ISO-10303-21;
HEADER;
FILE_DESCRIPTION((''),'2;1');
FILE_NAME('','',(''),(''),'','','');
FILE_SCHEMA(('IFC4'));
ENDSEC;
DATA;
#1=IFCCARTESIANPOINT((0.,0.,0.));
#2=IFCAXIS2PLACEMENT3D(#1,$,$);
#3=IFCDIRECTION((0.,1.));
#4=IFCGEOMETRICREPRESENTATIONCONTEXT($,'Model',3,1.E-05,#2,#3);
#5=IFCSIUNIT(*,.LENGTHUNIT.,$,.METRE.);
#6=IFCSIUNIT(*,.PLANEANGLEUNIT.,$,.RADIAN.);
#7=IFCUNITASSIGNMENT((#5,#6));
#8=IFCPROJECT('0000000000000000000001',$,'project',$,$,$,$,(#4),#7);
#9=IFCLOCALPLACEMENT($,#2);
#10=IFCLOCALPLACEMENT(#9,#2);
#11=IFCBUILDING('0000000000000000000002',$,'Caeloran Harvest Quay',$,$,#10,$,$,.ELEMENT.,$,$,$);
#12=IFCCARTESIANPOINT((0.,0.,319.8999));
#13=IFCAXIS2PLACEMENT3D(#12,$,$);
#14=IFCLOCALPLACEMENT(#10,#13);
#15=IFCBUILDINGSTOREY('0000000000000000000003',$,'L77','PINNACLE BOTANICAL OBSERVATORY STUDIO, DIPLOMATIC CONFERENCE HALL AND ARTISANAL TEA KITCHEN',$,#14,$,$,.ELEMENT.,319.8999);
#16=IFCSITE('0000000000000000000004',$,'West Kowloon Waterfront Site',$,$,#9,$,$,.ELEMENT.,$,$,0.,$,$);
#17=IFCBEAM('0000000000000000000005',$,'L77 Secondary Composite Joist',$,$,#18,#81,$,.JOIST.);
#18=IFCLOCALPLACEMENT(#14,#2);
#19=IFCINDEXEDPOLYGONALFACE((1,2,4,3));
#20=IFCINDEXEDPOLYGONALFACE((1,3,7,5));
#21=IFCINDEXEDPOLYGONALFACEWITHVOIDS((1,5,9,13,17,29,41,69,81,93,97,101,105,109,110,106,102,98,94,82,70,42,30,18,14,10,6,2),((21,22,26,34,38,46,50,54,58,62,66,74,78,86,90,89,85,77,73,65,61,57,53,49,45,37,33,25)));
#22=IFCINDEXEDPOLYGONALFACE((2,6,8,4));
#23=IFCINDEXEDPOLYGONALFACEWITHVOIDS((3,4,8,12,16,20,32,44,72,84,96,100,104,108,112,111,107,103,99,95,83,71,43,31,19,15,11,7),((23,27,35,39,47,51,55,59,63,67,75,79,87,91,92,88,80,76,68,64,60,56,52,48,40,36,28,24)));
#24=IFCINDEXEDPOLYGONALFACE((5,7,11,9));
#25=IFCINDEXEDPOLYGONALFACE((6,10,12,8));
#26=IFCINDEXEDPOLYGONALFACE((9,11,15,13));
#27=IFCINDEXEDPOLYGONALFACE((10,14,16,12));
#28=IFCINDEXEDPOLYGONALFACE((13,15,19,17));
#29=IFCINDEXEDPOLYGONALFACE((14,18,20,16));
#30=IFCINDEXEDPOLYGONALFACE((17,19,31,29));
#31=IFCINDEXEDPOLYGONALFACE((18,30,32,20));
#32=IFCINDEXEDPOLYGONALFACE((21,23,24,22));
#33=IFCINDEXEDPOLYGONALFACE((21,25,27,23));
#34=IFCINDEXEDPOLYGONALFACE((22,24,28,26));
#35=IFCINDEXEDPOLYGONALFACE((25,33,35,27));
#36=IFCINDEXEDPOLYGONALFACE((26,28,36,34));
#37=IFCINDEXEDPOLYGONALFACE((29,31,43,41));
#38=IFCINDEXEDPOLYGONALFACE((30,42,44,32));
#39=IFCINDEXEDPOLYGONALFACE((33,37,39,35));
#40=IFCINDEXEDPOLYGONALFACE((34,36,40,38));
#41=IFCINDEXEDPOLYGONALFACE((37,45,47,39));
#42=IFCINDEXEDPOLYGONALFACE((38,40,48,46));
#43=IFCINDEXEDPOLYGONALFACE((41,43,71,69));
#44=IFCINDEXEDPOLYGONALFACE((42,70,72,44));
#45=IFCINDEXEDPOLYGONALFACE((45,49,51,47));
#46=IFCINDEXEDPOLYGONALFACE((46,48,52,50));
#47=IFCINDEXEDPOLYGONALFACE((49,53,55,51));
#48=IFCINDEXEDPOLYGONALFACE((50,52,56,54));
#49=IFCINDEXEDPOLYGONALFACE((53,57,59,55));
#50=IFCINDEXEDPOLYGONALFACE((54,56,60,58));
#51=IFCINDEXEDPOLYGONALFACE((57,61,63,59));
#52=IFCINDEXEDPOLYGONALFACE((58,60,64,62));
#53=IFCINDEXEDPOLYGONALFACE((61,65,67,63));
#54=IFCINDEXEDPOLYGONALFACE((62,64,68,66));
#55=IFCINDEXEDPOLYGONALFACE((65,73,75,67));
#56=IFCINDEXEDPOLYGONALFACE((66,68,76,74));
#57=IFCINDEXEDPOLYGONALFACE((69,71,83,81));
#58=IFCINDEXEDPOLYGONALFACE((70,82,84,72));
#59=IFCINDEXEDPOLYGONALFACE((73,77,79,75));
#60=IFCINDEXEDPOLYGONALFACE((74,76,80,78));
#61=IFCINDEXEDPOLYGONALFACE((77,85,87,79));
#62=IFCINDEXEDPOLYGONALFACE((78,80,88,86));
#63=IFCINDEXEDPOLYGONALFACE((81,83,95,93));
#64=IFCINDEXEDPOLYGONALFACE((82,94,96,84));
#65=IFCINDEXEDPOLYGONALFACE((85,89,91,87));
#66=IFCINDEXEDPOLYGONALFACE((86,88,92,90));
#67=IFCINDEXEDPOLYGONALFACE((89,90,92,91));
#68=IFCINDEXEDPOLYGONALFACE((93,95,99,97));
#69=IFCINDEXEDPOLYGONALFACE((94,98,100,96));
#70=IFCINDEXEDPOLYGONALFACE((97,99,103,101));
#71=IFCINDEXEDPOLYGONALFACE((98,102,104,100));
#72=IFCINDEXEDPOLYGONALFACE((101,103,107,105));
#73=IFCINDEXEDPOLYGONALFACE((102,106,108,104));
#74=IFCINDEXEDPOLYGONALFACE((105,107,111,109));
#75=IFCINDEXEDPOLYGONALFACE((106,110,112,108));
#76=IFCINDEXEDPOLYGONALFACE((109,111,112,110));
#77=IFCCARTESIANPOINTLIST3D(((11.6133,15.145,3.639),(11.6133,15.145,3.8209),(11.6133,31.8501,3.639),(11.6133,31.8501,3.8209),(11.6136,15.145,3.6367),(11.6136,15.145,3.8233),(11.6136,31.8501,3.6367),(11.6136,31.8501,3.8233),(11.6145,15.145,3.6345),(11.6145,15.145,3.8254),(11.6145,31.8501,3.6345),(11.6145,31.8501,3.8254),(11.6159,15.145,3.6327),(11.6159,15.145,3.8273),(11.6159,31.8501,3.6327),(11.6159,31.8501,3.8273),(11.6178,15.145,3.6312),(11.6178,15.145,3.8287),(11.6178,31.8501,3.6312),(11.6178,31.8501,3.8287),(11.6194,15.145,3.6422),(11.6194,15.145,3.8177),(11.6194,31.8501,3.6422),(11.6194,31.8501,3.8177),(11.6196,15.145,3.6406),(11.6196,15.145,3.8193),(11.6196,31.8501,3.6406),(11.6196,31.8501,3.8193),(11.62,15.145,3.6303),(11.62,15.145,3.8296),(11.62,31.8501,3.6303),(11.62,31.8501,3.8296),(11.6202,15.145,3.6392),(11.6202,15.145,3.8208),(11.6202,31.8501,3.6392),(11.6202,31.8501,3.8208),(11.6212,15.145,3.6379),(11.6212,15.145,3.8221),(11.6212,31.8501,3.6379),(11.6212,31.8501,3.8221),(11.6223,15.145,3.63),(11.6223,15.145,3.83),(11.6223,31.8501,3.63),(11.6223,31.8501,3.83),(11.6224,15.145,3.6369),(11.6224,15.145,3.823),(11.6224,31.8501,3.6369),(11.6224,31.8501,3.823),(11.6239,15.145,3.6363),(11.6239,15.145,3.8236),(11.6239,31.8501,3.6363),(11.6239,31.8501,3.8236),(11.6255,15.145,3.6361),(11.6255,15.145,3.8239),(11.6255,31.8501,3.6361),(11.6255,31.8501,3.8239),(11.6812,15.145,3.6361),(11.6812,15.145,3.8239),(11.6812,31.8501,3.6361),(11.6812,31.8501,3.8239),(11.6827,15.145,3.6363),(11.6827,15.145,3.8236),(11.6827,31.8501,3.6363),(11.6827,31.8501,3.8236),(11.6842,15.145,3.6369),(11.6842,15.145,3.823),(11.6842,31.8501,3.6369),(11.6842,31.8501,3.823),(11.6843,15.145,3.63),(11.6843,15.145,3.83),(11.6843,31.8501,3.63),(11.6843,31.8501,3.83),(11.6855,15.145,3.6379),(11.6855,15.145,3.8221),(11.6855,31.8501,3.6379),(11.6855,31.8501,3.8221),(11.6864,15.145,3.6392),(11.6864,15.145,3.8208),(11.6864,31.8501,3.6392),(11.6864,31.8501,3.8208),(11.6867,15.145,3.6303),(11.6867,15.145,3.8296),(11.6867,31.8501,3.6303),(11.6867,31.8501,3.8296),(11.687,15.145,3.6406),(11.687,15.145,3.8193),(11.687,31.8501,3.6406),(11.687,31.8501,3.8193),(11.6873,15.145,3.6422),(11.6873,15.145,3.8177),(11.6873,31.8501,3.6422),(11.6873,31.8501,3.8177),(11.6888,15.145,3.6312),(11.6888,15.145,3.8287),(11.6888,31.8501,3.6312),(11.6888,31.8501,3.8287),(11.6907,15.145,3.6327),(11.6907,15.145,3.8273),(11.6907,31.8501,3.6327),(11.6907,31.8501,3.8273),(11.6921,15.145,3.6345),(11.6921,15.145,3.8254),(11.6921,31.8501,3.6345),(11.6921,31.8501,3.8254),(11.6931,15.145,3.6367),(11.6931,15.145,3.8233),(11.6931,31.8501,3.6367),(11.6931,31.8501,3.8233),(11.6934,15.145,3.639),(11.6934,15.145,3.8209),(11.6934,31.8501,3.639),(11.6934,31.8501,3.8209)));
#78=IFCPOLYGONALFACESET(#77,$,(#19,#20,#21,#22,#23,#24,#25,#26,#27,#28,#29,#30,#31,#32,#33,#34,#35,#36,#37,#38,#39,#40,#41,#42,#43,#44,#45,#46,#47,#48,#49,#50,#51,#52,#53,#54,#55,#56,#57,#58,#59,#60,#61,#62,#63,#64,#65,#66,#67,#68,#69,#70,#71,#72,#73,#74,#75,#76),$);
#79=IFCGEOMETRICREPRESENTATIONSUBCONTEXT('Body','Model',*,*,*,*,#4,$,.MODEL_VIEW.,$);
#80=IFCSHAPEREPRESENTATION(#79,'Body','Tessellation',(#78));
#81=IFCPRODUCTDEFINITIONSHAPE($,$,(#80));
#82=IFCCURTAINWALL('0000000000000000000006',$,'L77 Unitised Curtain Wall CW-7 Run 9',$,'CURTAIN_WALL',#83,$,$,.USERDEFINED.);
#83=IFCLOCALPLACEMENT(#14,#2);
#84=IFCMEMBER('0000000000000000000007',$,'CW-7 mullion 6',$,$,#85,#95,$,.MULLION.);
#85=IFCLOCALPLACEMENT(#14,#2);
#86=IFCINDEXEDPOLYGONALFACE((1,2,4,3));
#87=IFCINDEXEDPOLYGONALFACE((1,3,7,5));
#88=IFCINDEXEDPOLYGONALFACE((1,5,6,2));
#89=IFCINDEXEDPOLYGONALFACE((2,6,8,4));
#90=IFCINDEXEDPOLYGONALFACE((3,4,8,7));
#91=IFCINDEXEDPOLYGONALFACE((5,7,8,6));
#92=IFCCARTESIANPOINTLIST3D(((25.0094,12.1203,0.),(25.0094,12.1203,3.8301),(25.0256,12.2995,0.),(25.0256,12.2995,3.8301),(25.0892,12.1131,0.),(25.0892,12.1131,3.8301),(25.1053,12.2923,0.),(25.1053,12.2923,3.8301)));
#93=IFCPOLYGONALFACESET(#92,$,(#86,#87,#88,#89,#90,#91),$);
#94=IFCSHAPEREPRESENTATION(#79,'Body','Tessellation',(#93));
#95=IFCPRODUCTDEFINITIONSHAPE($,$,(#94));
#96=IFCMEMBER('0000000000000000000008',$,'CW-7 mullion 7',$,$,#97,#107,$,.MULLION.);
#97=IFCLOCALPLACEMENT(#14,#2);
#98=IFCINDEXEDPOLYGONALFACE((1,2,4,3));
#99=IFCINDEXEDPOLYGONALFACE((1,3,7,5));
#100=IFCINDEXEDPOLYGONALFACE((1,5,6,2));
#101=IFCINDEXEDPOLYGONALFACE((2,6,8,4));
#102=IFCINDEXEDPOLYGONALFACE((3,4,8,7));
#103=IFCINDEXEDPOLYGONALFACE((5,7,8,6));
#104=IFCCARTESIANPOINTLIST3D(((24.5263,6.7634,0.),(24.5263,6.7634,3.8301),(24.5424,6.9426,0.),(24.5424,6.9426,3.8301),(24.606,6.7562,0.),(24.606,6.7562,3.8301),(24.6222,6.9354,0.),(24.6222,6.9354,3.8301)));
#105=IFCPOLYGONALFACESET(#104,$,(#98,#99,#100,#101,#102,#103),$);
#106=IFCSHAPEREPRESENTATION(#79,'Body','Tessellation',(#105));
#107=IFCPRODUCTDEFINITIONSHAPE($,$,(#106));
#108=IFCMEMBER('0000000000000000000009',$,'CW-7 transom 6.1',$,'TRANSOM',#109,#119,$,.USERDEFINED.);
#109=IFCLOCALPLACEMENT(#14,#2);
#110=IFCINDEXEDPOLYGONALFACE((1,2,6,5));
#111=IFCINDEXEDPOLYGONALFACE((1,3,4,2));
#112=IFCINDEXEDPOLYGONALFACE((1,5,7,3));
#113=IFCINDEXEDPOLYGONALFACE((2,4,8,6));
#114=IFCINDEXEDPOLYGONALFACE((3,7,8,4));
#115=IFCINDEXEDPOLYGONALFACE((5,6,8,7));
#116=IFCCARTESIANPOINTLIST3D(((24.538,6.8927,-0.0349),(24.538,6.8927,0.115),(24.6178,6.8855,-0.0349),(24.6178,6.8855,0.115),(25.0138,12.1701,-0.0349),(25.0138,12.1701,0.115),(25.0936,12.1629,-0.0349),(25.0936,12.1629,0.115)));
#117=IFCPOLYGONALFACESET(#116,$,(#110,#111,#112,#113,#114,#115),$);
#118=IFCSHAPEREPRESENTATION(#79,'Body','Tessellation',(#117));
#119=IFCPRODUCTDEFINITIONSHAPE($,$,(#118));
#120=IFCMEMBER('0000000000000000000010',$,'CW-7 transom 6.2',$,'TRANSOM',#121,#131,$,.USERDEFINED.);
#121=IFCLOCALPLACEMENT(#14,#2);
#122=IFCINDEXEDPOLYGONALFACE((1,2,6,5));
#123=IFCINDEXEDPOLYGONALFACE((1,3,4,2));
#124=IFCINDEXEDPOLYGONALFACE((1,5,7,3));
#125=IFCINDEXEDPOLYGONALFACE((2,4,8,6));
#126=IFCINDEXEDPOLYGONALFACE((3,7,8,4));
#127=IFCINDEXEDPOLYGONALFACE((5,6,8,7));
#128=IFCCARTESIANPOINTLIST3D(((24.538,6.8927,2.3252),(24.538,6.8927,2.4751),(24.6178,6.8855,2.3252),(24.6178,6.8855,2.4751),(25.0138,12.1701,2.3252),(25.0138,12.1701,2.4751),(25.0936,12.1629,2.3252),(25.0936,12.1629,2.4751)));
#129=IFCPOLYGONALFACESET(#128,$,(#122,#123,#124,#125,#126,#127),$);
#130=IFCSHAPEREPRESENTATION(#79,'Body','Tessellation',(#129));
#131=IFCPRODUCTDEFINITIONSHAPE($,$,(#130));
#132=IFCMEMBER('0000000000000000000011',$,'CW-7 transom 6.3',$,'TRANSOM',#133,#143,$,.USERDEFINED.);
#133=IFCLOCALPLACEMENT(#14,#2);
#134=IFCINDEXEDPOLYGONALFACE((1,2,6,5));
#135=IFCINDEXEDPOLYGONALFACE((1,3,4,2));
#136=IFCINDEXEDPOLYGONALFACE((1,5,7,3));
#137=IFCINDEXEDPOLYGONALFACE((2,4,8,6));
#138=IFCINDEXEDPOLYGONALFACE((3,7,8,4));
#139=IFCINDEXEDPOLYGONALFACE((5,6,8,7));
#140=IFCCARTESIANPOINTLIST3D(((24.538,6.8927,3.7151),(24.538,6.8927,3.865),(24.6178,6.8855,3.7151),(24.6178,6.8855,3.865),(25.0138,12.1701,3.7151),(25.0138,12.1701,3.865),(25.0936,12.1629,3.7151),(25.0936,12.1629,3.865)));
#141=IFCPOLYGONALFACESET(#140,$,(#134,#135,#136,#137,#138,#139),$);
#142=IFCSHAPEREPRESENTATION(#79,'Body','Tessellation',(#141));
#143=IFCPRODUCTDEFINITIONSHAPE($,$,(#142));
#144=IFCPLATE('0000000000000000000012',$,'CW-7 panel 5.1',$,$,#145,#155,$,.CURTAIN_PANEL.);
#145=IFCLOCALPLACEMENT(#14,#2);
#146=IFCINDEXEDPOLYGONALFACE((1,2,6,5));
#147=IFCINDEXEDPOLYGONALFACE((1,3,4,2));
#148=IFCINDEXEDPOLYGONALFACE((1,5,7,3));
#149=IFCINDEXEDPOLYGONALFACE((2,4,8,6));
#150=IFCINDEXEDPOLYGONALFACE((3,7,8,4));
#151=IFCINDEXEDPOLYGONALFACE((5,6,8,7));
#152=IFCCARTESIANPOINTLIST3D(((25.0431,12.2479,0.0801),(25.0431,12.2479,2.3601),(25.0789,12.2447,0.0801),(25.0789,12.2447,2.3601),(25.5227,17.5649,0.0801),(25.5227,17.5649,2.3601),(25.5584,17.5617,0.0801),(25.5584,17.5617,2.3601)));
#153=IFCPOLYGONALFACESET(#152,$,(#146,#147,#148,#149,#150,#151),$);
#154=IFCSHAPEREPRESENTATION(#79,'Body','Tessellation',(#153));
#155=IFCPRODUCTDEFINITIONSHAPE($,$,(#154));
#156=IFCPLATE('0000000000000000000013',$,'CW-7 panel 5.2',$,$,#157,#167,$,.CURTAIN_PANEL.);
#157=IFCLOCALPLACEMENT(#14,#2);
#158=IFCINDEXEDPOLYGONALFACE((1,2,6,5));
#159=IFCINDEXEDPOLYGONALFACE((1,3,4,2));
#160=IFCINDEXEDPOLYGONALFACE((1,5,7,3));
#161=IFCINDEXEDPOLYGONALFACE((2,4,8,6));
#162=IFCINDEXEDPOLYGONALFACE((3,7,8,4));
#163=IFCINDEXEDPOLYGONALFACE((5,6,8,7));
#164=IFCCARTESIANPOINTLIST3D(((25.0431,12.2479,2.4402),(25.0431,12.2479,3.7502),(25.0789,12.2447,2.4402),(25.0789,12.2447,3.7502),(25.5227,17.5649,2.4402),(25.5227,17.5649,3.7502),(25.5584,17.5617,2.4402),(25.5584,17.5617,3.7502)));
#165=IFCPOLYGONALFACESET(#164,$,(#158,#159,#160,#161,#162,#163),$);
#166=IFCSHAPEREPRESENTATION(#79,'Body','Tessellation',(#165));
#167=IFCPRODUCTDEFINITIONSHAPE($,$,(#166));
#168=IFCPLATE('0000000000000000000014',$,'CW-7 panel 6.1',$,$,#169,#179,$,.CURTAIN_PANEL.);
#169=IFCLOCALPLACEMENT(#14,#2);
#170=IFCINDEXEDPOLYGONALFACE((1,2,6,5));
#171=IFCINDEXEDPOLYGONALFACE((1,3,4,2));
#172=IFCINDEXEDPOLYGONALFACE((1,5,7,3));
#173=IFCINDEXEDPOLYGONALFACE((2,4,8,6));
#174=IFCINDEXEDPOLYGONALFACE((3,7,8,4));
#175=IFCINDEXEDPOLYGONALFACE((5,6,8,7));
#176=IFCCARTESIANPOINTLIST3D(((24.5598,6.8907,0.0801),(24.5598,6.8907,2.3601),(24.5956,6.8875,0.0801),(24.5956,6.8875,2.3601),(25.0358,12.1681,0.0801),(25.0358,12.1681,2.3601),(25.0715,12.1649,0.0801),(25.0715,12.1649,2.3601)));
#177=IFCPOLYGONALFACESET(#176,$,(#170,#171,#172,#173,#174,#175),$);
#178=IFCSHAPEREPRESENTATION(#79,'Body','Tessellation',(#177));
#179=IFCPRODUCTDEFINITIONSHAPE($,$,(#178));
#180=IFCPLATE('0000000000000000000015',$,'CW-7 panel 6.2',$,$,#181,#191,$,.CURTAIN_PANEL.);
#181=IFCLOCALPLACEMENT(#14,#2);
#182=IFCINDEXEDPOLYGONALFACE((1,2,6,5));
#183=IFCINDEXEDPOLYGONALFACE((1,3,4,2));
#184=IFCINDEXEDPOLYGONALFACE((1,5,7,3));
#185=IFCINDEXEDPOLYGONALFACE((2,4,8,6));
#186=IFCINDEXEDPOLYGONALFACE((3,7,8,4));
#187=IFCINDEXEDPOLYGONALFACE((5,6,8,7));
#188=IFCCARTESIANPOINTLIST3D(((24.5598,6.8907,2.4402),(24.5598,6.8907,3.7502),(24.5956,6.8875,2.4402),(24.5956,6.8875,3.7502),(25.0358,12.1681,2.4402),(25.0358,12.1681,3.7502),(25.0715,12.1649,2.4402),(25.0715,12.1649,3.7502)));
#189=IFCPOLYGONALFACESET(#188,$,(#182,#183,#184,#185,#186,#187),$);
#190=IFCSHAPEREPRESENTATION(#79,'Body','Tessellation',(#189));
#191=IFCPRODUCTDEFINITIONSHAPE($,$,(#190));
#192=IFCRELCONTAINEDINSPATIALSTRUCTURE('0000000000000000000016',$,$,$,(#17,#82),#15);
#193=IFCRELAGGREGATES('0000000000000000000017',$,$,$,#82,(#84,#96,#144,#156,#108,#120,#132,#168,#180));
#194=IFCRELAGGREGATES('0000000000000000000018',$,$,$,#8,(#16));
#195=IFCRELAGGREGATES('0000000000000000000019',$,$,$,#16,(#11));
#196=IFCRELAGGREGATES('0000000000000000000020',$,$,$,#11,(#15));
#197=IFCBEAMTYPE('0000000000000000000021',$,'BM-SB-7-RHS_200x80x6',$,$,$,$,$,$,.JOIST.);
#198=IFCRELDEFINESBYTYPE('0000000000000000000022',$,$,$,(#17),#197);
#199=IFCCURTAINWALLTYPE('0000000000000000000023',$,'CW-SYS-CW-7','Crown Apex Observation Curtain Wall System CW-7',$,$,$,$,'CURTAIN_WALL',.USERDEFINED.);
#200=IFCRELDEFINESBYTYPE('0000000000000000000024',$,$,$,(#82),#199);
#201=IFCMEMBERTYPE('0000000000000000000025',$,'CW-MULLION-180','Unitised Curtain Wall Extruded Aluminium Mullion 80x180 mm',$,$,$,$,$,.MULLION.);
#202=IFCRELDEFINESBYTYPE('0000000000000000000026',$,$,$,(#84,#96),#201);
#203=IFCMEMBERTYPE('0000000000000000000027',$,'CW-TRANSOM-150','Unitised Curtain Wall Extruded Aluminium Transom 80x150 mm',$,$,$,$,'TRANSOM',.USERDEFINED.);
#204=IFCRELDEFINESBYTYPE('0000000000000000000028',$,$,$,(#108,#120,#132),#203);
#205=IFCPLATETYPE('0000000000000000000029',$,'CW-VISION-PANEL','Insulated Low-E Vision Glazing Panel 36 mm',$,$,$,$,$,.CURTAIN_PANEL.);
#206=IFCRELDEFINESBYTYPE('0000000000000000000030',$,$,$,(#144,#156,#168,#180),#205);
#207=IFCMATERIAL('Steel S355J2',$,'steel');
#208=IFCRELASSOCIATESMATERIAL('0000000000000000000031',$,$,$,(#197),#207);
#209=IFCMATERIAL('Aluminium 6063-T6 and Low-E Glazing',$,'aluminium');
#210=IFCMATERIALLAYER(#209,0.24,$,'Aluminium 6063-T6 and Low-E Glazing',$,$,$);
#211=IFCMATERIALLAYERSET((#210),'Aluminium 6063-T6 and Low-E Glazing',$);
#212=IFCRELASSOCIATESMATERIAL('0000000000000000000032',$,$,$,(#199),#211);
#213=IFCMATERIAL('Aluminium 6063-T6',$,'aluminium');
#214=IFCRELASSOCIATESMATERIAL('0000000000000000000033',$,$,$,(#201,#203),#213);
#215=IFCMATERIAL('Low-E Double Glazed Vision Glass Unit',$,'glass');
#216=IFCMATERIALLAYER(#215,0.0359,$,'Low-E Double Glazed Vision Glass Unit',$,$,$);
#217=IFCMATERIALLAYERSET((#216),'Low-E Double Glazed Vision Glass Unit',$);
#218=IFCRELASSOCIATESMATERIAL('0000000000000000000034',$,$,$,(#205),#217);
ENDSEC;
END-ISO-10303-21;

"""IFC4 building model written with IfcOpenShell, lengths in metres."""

from ifc_helpers import new_model, si_unit, direction, frame, origin, origin_2d, place, context, subcontext, project, spatial, rectangle, hollow_rectangle, extrude, material, layer, layer_set, material_profile, profile_set, type_object, element, aggregate, save


model = new_model("IFC4")

# Units and contexts
model_context = context("Model", 3, precision=1e-05, world=origin(), true_north=direction((0.0, 1.0)))
body_context = subcontext(model_context, "Body", "Model", "MODEL_VIEW")
ifc_project = project(units=[si_unit("LENGTHUNIT", "METRE"), si_unit("PLANEANGLEUNIT", "RADIAN")], contexts=[model_context])

# Site, building, storey
site_placement = place(None, origin())
site = spatial("IfcSite", under=ifc_project, at=site_placement, Name="West Kowloon Waterfront Site", CompositionType="ELEMENT", RefElevation=0.0)
building_placement = place(site_placement, origin())
building = spatial("IfcBuilding", under=site, at=building_placement, Name="Caeloran Harvest Quay", CompositionType="ELEMENT")
storey_placement = place(building_placement, frame((0.0, 0.0, 319.8999)))
storey = spatial("IfcBuildingStorey", under=building, at=storey_placement, Name="L77", Description="PINNACLE BOTANICAL OBSERVATORY STUDIO, DIPLOMATIC CONFERENCE HALL AND ARTISANAL TEA KITCHEN", CompositionType="ELEMENT", Elevation=319.8999)

# Beam
ifc_material_1 = material(Name="Steel S355J2", Category="steel")
ifc_material_profile_1 = material_profile(ifc_material_1, hollow_rectangle(XDim=0.0801, YDim=0.2, WallThickness=0.0061, InnerFilletRadius=0.0061, OuterFilletRadius=0.009, at=origin_2d()), Name="RHS 200x80x6")
ifc_profile_set_1 = profile_set([ifc_material_profile_1], Name="Steel S355J2")
beam_type_1 = type_object("IfcBeamType", Name="BM-SB-7-RHS_200x80x6", PredefinedType="JOIST", material=ifc_profile_set_1)
for number, where, z_axis, x_axis, name in (
    (1, (11.6533, 15.145, 3.73), (0.0, 1.0, 0.0), (-1.0, 0.0, 0.0), "L77 Secondary Composite Joist"),
):
    element("IfcBeam", number, at=place(storey_placement, frame(where, z_axis=z_axis, x_axis=x_axis)), inside=storey, type_object=beam_type_1, Name=name, PredefinedType="JOIST", context=body_context, shape_type="SweptSolid", body=[
        extrude(hollow_rectangle(XDim=0.0801, YDim=0.2, WallThickness=0.0061, InnerFilletRadius=0.0061, OuterFilletRadius=0.009, at=origin_2d()), origin(), (0.0, 0.0, 1.0), 16.7051),
    ])

# Curtain wall, members, plates
ifc_material_2 = material(Name="Aluminium 6063-T6 and Low-E Glazing", Category="aluminium")
ifc_layer_1 = layer(ifc_material_2, 0.24, Name="Aluminium 6063-T6 and Low-E Glazing")
ifc_layer_set_1 = layer_set([ifc_layer_1], Name="Aluminium 6063-T6 and Low-E Glazing")
curtain_wall_type = type_object("IfcCurtainWallType", Name="CW-SYS-CW-7", Description="Crown Apex Observation Curtain Wall System CW-7", ElementType="CURTAIN_WALL", PredefinedType="USERDEFINED", material=ifc_layer_set_1)
curtain_wall_placement = place(storey_placement, origin())
curtain_wall = element("IfcCurtainWall", 2, at=curtain_wall_placement, inside=storey, type_object=curtain_wall_type, Name="L77 Unitised Curtain Wall CW-7 Run 9", ObjectType="CURTAIN_WALL", PredefinedType="USERDEFINED")
ifc_material_3 = material(Name="Aluminium 6063-T6", Category="aluminium")
ifc_material_profile_2 = material_profile(ifc_material_3, rectangle(XDim=0.0801, YDim=0.1799, at=origin_2d()), Name="CW-MULLION-180")
ifc_profile_set_2 = profile_set([ifc_material_profile_2], Name="Aluminium 6063-T6")
member_type_1 = type_object("IfcMemberType", Name="CW-MULLION-180", Description="Unitised Curtain Wall Extruded Aluminium Mullion 80x180 mm", PredefinedType="MULLION", material=ifc_profile_set_2)
member_1_placement = place(storey_placement, frame((25.0574, 12.2063, 0.0), z_axis=(0.0, 0.0, 1.0), x_axis=(0.995958, -0.089821, 0.0)))
member_1 = element("IfcMember", 3, at=member_1_placement, type_object=member_type_1, Name="CW-7 mullion 6", PredefinedType="MULLION", context=body_context, shape_type="SweptSolid", body=[
    extrude(rectangle(XDim=0.0801, YDim=0.1799, at=origin_2d()), origin(), (0.0, 0.0, 1.0), 3.8301),
])
member_2_placement = place(storey_placement, frame((24.5742, 6.8494, 0.0), z_axis=(0.0, 0.0, 1.0), x_axis=(0.995958, -0.089821, 0.0)))
member_2 = element("IfcMember", 4, at=member_2_placement, type_object=member_type_1, Name="CW-7 mullion 7", PredefinedType="MULLION", context=body_context, shape_type="SweptSolid", body=[
    extrude(rectangle(XDim=0.0801, YDim=0.1799, at=origin_2d()), origin(), (0.0, 0.0, 1.0), 3.8301),
])
ifc_material_profile_3 = material_profile(ifc_material_3, rectangle(XDim=0.0801, YDim=0.1499, at=origin_2d()), Name="CW-TRANSOM-150")
ifc_profile_set_3 = profile_set([ifc_material_profile_3], Name="Aluminium 6063-T6")
member_type_2 = type_object("IfcMemberType", Name="CW-TRANSOM-150", Description="Unitised Curtain Wall Extruded Aluminium Transom 80x150 mm", ElementType="TRANSOM", PredefinedType="USERDEFINED", material=ifc_profile_set_3)
member_3_placement = place(storey_placement, frame((25.0537, 12.1665, 0.04), z_axis=(-0.0898, -0.99596, 0.0), x_axis=(0.99596, -0.0898, 0.0)))
member_3 = element("IfcMember", 5, at=member_3_placement, type_object=member_type_2, Name="CW-7 transom 6.1", ObjectType="TRANSOM", PredefinedType="USERDEFINED", context=body_context, shape_type="SweptSolid", body=[
    extrude(rectangle(XDim=0.0801, YDim=0.1499, at=origin_2d()), origin(), (0.0, 0.0, 1.0), 5.2988),
])
member_4_placement = place(storey_placement, frame((25.0537, 12.1665, 2.4001), z_axis=(-0.0898, -0.99596, 0.0), x_axis=(0.99596, -0.0898, 0.0)))
member_4 = element("IfcMember", 6, at=member_4_placement, type_object=member_type_2, Name="CW-7 transom 6.2", ObjectType="TRANSOM", PredefinedType="USERDEFINED", context=body_context, shape_type="SweptSolid", body=[
    extrude(rectangle(XDim=0.0801, YDim=0.1499, at=origin_2d()), origin(), (0.0, 0.0, 1.0), 5.2988),
])
member_5_placement = place(storey_placement, frame((25.0537, 12.1665, 3.79), z_axis=(-0.0898, -0.99596, 0.0), x_axis=(0.99596, -0.0898, 0.0)))
member_5 = element("IfcMember", 7, at=member_5_placement, type_object=member_type_2, Name="CW-7 transom 6.3", ObjectType="TRANSOM", PredefinedType="USERDEFINED", context=body_context, shape_type="SweptSolid", body=[
    extrude(rectangle(XDim=0.0801, YDim=0.1499, at=origin_2d()), origin(), (0.0, 0.0, 1.0), 5.2988),
])
ifc_material_4 = material(Name="Low-E Double Glazed Vision Glass Unit", Category="glass")
ifc_layer_2 = layer(ifc_material_4, 0.0359, Name="Low-E Double Glazed Vision Glass Unit")
ifc_layer_set_2 = layer_set([ifc_layer_2], Name="Low-E Double Glazed Vision Glass Unit")
plate_type = type_object("IfcPlateType", Name="CW-VISION-PANEL", Description="Insulated Low-E Vision Glazing Panel 36 mm", PredefinedType="CURTAIN_PANEL", material=ifc_layer_set_2)
plate_1_placement = place(storey_placement, frame((25.3008, 14.9048, 0.0801), z_axis=(0.0, 0.0, 1.0), x_axis=(-0.089821, -0.995958, 0.0)))
plate_1 = element("IfcPlate", 8, at=plate_1_placement, type_object=plate_type, Name="CW-7 panel 5.1", PredefinedType="CURTAIN_PANEL", context=body_context, shape_type="SweptSolid", body=[
    extrude(rectangle(XDim=5.3386, YDim=0.0359, at=origin_2d()), origin(), (0.0, 0.0, 1.0), 2.28),
])
plate_2_placement = place(storey_placement, frame((25.3008, 14.9048, 2.4402), z_axis=(0.0, 0.0, 1.0), x_axis=(-0.089821, -0.995958, 0.0)))
plate_2 = element("IfcPlate", 9, at=plate_2_placement, type_object=plate_type, Name="CW-7 panel 5.2", PredefinedType="CURTAIN_PANEL", context=body_context, shape_type="SweptSolid", body=[
    extrude(rectangle(XDim=5.3386, YDim=0.0359, at=origin_2d()), origin(), (0.0, 0.0, 1.0), 1.3101),
])
plate_3_placement = place(storey_placement, frame((24.8157, 9.5278, 0.0801), z_axis=(0.0, 0.0, 1.0), x_axis=(-0.089821, -0.995958, 0.0)))
plate_3 = element("IfcPlate", 10, at=plate_3_placement, type_object=plate_type, Name="CW-7 panel 6.1", PredefinedType="CURTAIN_PANEL", context=body_context, shape_type="SweptSolid", body=[
    extrude(rectangle(XDim=5.2988, YDim=0.0359, at=origin_2d()), origin(), (0.0, 0.0, 1.0), 2.28),
])
plate_4_placement = place(storey_placement, frame((24.8157, 9.5278, 2.4402), z_axis=(0.0, 0.0, 1.0), x_axis=(-0.089821, -0.995958, 0.0)))
plate_4 = element("IfcPlate", 11, at=plate_4_placement, type_object=plate_type, Name="CW-7 panel 6.2", PredefinedType="CURTAIN_PANEL", context=body_context, shape_type="SweptSolid", body=[
    extrude(rectangle(XDim=5.2988, YDim=0.0359, at=origin_2d()), origin(), (0.0, 0.0, 1.0), 1.3101),
])
aggregate(curtain_wall, [member_1, member_2, plate_1, plate_2, member_3, member_4, member_5, plate_3, plate_4])

save(model, "model.ifc")
